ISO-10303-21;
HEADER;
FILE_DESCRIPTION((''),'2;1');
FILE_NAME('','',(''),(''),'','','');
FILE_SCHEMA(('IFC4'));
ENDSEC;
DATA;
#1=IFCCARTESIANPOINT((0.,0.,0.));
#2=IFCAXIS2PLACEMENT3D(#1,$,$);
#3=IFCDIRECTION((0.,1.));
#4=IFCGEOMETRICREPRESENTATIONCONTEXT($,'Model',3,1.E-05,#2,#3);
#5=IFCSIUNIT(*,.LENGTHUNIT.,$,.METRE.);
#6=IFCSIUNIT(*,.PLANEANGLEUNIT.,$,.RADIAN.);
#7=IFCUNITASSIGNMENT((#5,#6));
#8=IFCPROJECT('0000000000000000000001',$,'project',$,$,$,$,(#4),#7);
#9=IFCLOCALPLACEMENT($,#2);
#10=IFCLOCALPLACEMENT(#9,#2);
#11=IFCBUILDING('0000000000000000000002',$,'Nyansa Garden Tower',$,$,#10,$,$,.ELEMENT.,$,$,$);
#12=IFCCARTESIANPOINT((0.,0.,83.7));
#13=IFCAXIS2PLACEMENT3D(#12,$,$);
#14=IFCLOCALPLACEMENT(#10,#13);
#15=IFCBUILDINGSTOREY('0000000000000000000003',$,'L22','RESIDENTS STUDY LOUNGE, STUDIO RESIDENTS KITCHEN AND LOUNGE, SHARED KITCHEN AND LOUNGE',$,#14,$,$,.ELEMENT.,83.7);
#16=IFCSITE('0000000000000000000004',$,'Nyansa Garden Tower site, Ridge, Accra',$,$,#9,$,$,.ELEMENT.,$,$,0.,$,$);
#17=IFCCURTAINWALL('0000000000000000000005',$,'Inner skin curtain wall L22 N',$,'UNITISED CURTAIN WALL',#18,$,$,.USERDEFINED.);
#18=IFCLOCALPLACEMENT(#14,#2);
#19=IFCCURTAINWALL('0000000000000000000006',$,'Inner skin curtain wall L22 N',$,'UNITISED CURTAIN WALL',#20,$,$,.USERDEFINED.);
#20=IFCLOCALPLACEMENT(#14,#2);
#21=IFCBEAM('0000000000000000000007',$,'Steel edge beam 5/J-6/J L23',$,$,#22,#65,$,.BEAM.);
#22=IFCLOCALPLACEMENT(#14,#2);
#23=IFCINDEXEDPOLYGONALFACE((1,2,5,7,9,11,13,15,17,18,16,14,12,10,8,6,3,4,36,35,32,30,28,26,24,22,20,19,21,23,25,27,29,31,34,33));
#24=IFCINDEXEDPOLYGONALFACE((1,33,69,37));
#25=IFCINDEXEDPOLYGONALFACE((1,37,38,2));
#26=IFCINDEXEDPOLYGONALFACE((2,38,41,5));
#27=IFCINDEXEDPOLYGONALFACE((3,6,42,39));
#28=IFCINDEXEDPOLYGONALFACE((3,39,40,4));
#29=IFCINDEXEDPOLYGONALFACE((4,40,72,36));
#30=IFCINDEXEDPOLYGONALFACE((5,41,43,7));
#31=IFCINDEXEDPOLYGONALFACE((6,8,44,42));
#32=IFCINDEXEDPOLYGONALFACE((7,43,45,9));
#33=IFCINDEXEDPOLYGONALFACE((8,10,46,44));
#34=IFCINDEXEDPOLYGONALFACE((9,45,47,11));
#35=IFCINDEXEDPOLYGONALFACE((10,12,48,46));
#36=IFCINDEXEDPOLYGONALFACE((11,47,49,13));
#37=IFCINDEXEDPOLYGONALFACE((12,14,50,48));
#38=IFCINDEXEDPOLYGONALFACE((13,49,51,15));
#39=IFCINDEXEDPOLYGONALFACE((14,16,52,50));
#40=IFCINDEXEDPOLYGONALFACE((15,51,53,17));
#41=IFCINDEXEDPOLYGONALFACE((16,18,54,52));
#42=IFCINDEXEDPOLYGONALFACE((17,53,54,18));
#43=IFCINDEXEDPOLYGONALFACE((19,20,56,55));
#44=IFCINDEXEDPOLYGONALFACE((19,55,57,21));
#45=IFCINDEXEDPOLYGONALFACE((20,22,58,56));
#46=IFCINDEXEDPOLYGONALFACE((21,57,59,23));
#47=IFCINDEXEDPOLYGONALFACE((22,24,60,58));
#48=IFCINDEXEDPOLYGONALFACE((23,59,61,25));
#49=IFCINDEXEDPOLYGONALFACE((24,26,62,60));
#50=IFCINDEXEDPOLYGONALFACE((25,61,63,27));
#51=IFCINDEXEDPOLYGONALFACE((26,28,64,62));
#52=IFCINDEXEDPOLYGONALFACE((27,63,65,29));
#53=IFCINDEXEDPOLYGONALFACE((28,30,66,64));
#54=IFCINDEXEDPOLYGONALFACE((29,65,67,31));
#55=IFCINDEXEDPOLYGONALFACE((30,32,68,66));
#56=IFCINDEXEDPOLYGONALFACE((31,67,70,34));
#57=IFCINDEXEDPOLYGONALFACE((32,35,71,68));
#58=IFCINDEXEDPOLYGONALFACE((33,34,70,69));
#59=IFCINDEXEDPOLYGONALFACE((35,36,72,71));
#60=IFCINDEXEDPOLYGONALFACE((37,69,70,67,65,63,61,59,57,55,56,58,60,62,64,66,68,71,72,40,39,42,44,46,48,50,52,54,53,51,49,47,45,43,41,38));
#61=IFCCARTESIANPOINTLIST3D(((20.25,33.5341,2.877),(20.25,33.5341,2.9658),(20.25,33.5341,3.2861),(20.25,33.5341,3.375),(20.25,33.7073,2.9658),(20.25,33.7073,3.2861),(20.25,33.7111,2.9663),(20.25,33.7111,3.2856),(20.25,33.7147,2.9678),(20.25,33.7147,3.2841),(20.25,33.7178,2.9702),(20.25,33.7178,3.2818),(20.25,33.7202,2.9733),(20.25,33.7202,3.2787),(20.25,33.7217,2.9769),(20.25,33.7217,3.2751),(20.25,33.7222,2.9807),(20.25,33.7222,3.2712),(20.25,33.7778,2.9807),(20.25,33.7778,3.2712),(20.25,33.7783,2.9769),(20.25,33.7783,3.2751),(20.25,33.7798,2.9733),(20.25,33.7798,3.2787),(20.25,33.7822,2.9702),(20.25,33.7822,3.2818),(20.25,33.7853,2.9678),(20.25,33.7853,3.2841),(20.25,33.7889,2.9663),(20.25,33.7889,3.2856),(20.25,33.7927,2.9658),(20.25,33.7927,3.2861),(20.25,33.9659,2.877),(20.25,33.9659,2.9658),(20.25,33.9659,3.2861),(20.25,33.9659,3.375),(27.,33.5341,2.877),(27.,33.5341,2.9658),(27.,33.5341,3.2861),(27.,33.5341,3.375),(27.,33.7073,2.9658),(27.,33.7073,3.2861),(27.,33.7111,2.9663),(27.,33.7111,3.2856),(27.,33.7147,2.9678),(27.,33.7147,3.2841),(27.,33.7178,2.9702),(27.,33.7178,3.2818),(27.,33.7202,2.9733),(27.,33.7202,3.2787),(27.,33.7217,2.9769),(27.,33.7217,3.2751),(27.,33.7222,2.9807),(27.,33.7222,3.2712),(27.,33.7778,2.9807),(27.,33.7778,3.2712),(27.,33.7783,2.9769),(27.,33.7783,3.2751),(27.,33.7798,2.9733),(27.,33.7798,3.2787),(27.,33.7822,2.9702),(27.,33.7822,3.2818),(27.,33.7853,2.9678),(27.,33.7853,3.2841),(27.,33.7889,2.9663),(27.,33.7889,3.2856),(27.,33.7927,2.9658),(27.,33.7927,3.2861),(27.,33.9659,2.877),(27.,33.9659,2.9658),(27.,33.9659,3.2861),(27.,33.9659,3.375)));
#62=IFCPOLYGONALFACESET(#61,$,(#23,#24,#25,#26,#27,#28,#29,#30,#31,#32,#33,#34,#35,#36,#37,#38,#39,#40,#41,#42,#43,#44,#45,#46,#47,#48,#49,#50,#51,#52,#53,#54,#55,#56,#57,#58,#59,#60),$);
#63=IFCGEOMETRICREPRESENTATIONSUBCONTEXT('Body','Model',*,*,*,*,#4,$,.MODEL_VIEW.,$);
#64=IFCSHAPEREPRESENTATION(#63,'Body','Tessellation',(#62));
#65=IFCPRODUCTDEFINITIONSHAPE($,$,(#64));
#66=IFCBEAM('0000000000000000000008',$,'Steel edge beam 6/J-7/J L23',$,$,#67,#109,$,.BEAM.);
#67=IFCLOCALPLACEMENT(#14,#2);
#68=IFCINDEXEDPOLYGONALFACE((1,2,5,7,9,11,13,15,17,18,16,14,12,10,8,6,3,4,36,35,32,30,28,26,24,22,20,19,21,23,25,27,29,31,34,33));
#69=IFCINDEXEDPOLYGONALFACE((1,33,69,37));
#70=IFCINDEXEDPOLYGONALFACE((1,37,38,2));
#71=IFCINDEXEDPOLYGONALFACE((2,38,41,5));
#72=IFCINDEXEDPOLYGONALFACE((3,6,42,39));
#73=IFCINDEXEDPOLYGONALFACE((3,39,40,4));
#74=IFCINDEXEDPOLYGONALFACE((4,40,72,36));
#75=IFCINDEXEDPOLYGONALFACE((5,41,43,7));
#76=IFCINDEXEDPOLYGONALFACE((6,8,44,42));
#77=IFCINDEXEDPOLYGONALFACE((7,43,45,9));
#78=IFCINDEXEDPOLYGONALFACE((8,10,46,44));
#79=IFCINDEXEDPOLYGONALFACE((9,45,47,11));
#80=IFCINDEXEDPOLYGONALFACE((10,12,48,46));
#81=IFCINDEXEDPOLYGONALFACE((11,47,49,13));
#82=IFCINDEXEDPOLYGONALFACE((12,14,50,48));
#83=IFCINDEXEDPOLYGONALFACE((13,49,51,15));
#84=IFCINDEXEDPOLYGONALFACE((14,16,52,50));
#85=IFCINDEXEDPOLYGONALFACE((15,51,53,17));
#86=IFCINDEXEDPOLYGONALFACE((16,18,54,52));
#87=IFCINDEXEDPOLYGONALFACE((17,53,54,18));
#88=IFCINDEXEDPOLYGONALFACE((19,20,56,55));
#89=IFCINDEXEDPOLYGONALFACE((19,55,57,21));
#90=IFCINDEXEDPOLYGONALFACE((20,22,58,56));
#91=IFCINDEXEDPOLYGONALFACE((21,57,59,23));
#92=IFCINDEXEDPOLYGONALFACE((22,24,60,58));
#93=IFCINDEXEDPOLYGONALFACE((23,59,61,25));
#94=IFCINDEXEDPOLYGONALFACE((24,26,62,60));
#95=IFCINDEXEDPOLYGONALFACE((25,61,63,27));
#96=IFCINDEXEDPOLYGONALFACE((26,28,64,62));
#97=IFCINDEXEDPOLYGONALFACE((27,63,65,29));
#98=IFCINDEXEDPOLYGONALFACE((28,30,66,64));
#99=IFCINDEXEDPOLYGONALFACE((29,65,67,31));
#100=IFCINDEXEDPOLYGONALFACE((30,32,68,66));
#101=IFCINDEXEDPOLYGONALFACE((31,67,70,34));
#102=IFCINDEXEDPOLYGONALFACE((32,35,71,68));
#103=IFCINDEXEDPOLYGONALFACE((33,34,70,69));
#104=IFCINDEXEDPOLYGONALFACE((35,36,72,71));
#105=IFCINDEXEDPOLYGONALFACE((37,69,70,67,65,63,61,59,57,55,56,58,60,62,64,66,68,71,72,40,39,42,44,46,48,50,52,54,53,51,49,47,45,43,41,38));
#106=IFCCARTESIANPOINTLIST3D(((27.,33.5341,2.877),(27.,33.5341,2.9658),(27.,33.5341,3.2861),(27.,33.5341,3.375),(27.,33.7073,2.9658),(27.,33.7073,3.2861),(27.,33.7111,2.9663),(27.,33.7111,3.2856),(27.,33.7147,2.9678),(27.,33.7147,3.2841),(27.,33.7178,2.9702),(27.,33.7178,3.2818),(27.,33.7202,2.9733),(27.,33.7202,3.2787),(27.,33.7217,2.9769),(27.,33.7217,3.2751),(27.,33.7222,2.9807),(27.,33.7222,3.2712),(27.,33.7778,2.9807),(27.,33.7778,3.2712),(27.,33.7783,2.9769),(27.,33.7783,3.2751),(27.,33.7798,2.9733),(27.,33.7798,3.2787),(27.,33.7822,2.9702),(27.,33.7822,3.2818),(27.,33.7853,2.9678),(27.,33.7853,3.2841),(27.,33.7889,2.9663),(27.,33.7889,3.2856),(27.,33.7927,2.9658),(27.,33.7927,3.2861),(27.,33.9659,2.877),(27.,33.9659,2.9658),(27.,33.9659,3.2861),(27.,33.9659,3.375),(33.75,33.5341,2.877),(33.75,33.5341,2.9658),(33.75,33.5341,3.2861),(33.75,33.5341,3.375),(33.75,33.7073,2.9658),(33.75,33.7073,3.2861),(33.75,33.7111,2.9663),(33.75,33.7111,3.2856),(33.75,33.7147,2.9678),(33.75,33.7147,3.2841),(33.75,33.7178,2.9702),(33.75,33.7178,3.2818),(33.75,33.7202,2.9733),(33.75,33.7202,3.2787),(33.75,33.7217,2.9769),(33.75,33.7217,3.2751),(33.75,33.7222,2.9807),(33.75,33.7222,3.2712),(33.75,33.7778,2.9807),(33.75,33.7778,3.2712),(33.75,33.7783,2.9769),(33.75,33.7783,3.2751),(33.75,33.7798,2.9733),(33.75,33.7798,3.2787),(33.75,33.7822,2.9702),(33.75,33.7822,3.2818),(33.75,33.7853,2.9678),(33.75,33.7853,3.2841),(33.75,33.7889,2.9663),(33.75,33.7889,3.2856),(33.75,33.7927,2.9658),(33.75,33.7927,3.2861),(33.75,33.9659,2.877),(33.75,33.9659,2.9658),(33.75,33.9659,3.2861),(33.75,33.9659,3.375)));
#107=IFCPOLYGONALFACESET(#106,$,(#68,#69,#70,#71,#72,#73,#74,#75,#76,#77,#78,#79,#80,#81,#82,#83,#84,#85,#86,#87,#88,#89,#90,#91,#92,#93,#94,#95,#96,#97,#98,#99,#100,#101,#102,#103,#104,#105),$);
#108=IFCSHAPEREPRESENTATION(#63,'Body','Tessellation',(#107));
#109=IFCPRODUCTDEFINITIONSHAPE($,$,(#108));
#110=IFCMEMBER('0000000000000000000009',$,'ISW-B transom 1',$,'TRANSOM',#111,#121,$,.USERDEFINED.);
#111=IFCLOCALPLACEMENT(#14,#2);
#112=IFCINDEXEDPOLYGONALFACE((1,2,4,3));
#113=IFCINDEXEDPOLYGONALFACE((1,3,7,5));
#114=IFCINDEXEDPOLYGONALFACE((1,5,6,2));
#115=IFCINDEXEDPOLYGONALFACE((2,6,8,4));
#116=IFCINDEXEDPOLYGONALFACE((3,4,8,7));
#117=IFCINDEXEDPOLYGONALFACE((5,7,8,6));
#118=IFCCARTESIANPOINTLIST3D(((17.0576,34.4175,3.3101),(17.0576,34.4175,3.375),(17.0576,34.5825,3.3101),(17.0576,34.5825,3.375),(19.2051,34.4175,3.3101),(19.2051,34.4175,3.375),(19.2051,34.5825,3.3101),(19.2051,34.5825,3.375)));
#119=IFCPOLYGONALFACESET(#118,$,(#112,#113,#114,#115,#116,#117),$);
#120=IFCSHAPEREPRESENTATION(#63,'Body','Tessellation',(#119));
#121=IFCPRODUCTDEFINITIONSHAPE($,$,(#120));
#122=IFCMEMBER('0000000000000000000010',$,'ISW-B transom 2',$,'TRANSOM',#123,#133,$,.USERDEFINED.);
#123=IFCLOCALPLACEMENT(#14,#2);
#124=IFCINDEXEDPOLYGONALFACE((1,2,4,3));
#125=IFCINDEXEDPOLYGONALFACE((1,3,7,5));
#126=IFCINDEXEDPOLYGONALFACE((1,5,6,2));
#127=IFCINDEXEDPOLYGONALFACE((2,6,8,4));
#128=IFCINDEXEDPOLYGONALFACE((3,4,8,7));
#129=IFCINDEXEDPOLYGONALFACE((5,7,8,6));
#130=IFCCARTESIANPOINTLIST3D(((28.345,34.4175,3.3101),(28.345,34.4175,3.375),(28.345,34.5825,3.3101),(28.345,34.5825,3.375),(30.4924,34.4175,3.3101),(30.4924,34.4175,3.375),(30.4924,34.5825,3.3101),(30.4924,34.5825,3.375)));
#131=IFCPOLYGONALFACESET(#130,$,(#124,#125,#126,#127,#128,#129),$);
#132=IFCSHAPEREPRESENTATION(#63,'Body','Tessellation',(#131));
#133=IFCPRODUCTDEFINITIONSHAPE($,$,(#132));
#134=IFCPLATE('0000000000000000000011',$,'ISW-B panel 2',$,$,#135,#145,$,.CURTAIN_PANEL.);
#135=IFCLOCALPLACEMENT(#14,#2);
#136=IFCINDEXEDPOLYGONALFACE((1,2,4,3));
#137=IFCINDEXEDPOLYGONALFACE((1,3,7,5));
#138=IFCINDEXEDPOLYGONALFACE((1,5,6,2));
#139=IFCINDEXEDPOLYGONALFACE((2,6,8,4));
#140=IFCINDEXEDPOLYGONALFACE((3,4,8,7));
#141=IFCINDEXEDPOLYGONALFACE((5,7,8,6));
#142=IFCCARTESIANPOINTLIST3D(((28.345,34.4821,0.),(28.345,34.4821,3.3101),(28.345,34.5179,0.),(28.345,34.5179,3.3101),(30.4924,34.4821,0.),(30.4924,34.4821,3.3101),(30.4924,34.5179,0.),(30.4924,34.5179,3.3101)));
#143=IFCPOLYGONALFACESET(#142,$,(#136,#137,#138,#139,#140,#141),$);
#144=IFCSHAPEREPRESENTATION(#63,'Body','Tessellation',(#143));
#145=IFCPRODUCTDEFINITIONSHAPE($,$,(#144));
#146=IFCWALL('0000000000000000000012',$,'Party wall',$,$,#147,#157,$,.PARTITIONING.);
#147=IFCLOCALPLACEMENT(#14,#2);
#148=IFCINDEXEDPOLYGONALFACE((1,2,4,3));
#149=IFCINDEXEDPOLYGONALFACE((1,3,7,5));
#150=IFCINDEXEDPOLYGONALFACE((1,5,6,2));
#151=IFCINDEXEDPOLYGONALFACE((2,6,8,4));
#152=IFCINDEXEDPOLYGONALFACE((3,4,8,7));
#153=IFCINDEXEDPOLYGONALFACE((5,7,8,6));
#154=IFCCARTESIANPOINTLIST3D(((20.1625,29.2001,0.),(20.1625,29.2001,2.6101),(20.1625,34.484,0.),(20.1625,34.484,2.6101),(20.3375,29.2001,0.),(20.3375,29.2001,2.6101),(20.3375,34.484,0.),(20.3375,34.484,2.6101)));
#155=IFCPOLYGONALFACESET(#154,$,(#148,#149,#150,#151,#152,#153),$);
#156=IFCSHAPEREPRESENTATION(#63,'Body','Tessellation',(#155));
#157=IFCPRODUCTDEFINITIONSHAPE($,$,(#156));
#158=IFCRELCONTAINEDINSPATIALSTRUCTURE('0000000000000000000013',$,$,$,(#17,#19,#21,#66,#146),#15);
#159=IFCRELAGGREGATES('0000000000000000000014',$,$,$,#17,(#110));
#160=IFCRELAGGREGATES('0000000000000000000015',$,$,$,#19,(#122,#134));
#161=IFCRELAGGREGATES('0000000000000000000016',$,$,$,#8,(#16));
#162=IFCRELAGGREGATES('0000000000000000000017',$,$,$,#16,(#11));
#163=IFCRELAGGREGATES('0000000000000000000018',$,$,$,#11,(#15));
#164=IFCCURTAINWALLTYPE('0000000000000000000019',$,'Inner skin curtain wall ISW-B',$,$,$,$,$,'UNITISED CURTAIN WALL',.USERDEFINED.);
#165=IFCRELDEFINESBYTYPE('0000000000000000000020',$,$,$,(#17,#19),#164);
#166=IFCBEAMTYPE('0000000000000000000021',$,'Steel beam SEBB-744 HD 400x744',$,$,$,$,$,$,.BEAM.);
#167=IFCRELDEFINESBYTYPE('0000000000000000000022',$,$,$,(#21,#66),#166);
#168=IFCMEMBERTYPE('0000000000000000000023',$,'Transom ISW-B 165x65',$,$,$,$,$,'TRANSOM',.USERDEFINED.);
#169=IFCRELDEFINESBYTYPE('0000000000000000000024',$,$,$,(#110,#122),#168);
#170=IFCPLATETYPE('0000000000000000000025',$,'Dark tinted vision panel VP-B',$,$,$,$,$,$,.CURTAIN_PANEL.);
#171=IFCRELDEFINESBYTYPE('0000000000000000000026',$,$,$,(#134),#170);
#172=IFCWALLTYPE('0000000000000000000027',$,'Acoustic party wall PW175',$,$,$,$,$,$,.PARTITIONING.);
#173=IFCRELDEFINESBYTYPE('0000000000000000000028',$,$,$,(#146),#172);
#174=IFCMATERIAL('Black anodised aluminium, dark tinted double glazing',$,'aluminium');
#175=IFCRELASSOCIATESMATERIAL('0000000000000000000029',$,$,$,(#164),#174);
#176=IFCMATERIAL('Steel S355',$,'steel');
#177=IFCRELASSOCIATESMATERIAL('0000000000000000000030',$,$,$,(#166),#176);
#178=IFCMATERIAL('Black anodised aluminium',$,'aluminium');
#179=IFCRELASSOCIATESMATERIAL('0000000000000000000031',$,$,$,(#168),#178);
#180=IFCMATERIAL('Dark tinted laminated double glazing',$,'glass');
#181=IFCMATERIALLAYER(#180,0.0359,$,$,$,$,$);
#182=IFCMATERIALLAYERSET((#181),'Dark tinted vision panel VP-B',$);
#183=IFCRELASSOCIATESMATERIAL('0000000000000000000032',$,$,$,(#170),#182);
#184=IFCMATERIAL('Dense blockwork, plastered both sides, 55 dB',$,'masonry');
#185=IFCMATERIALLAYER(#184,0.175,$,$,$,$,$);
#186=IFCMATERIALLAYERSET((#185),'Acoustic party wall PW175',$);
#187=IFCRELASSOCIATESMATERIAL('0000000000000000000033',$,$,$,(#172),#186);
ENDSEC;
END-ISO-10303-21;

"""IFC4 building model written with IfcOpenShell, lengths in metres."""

from ifc_helpers import new_model, si_unit, direction, frame, frame_2d, origin, origin_2d, place, context, subcontext, project, spatial, rectangle, i_section, extrude, material, layer, layer_set, material_profile, profile_set, type_object, element, aggregate, save


model = new_model("IFC4")

# Units and contexts
model_context = context("Model", 3, precision=1e-05, world=origin(), true_north=direction((0.0, 1.0)))
body_context = subcontext(model_context, "Body", "Model", "MODEL_VIEW")
ifc_project = project(units=[si_unit("LENGTHUNIT", "METRE"), si_unit("PLANEANGLEUNIT", "RADIAN")], contexts=[model_context])

# Site, building, storey
site_placement = place(None, origin())
site = spatial("IfcSite", under=ifc_project, at=site_placement, Name="Nyansa Garden Tower site, Ridge, Accra", CompositionType="ELEMENT", RefElevation=0.0)
building_placement = place(site_placement, origin())
building = spatial("IfcBuilding", under=site, at=building_placement, Name="Nyansa Garden Tower", CompositionType="ELEMENT")
storey_placement = place(building_placement, frame((0.0, 0.0, 83.7)))
storey = spatial("IfcBuildingStorey", under=building, at=storey_placement, Name="L22", Description="RESIDENTS STUDY LOUNGE, STUDIO RESIDENTS KITCHEN AND LOUNGE, SHARED KITCHEN AND LOUNGE", CompositionType="ELEMENT", Elevation=83.7)

# Curtain wall
ifc_material_1 = material(Name="Black anodised aluminium, dark tinted double glazing", Category="aluminium")
curtain_wall_type = type_object("IfcCurtainWallType", Name="Inner skin curtain wall ISW-B", ElementType="UNITISED CURTAIN WALL", PredefinedType="USERDEFINED", material=ifc_material_1)
curtain_wall_1_placement = place(storey_placement, origin())
curtain_wall_1 = element("IfcCurtainWall", 1, at=curtain_wall_1_placement, inside=storey, type_object=curtain_wall_type, Name="Inner skin curtain wall L22 N", ObjectType="UNITISED CURTAIN WALL", PredefinedType="USERDEFINED")

# Curtain wall
curtain_wall_2_placement = place(storey_placement, origin())
curtain_wall_2 = element("IfcCurtainWall", 2, at=curtain_wall_2_placement, inside=storey, type_object=curtain_wall_type, Name="Inner skin curtain wall L22 N", ObjectType="UNITISED CURTAIN WALL", PredefinedType="USERDEFINED")

# Beams
ifc_material_2 = material(Name="Steel S355", Category="steel")
ifc_material_profile_1 = material_profile(ifc_material_2, i_section(OverallWidth=0.4319, OverallDepth=0.498, WebThickness=0.0557, FlangeThickness=0.0889, FilletRadius=0.0149, at=origin_2d()), Name="HD 400x744")
ifc_profile_set_1 = profile_set([ifc_material_profile_1], Name="Steel S355")
beam_type_1 = type_object("IfcBeamType", Name="Steel beam SEBB-744 HD 400x744", PredefinedType="BEAM", material=ifc_profile_set_1)
for number, where, z_axis, x_axis, name in (
    (3, (20.25, 33.75, 3.126), (1.0, 0.0, 0.0), (0.0, 1.0, 0.0), "Steel edge beam 5/J-6/J L23"),
    (4, (27.0, 33.75, 3.126), (1.0, 0.0, 0.0), (0.0, 1.0, 0.0), "Steel edge beam 6/J-7/J L23"),
):
    element("IfcBeam", number, at=place(storey_placement, frame(where, z_axis=z_axis, x_axis=x_axis)), inside=storey, type_object=beam_type_1, Name=name, PredefinedType="BEAM", context=body_context, shape_type="SweptSolid", body=[
        extrude(i_section(OverallWidth=0.4319, OverallDepth=0.498, WebThickness=0.0557, FlangeThickness=0.0889, FilletRadius=0.0149, at=origin_2d()), origin(), (0.0, 0.0, 1.0), 6.75),
    ])

# Members
ifc_material_3 = material(Name="Black anodised aluminium", Category="aluminium")
ifc_material_profile_2 = material_profile(ifc_material_3, rectangle(XDim=0.165, YDim=0.0649, at=origin_2d()), Name="Transom 165x65")
ifc_profile_set_2 = profile_set([ifc_material_profile_2], Name="Black anodised aluminium")
member_type_1 = type_object("IfcMemberType", Name="Transom ISW-B 165x65", ElementType="TRANSOM", PredefinedType="USERDEFINED", material=ifc_profile_set_2)
member_1_placement = place(storey_placement, frame((19.2051, 34.5, 3.3425), z_axis=(-1.0, 0.0, 0.0), x_axis=(0.0, -1.0, 0.0)))
member_1 = element("IfcMember", 5, at=member_1_placement, type_object=member_type_1, Name="ISW-B transom 1", ObjectType="TRANSOM", PredefinedType="USERDEFINED", context=body_context, shape_type="SweptSolid", body=[
    extrude(rectangle(XDim=0.165, YDim=0.0649, at=origin_2d()), origin(), (0.0, 0.0, 1.0), 2.1475),
])
aggregate(curtain_wall_1, [member_1])
member_2_placement = place(storey_placement, frame((30.4924, 34.5, 3.3425), z_axis=(-1.0, 0.0, 0.0), x_axis=(0.0, -1.0, 0.0)))
member_2 = element("IfcMember", 6, at=member_2_placement, type_object=member_type_1, Name="ISW-B transom 2", ObjectType="TRANSOM", PredefinedType="USERDEFINED", context=body_context, shape_type="SweptSolid", body=[
    extrude(rectangle(XDim=0.165, YDim=0.0649, at=origin_2d()), origin(), (0.0, 0.0, 1.0), 2.1475),
])

# Plate
ifc_material_4 = material(Name="Dark tinted laminated double glazing", Category="glass")
ifc_layer_1 = layer(ifc_material_4, 0.0359)
ifc_layer_set_1 = layer_set([ifc_layer_1], Name="Dark tinted vision panel VP-B")
plate_type = type_object("IfcPlateType", Name="Dark tinted vision panel VP-B", PredefinedType="CURTAIN_PANEL", material=ifc_layer_set_1)
plate_placement = place(storey_placement, frame((29.4187, 34.5, 0.0), z_axis=(0.0, 0.0, 1.0), x_axis=(-1.0, 0.0, 0.0)))
plate = element("IfcPlate", 7, at=plate_placement, type_object=plate_type, Name="ISW-B panel 2", PredefinedType="CURTAIN_PANEL", context=body_context, shape_type="SweptSolid", body=[
    extrude(rectangle(XDim=2.1475, YDim=0.0359, at=origin_2d()), origin(), (0.0, 0.0, 1.0), 3.3101),
])
aggregate(curtain_wall_2, [member_2, plate])

# Wall
ifc_material_5 = material(Name="Dense blockwork, plastered both sides, 55 dB", Category="masonry")
ifc_layer_2 = layer(ifc_material_5, 0.175)
ifc_layer_set_2 = layer_set([ifc_layer_2], Name="Acoustic party wall PW175")
wall_type_1 = type_object("IfcWallType", Name="Acoustic party wall PW175", PredefinedType="PARTITIONING", material=ifc_layer_set_2)
wall_1_placement = place(storey_placement, frame((20.25, 29.2, 0.0), z_axis=(0.0, 0.0, 1.0), x_axis=(0.0, 1.0, 0.0)))
element("IfcWall", 8, at=wall_1_placement, inside=storey, type_object=wall_type_1, Name="Party wall", PredefinedType="PARTITIONING", context=body_context, shape_type="SweptSolid", body=[
    extrude(rectangle(XDim=5.2839, YDim=0.175, at=frame_2d((2.6421, 0.0))), origin(), (0.0, 0.0, 1.0), 2.6101),
])

save(model, "model.ifc")
